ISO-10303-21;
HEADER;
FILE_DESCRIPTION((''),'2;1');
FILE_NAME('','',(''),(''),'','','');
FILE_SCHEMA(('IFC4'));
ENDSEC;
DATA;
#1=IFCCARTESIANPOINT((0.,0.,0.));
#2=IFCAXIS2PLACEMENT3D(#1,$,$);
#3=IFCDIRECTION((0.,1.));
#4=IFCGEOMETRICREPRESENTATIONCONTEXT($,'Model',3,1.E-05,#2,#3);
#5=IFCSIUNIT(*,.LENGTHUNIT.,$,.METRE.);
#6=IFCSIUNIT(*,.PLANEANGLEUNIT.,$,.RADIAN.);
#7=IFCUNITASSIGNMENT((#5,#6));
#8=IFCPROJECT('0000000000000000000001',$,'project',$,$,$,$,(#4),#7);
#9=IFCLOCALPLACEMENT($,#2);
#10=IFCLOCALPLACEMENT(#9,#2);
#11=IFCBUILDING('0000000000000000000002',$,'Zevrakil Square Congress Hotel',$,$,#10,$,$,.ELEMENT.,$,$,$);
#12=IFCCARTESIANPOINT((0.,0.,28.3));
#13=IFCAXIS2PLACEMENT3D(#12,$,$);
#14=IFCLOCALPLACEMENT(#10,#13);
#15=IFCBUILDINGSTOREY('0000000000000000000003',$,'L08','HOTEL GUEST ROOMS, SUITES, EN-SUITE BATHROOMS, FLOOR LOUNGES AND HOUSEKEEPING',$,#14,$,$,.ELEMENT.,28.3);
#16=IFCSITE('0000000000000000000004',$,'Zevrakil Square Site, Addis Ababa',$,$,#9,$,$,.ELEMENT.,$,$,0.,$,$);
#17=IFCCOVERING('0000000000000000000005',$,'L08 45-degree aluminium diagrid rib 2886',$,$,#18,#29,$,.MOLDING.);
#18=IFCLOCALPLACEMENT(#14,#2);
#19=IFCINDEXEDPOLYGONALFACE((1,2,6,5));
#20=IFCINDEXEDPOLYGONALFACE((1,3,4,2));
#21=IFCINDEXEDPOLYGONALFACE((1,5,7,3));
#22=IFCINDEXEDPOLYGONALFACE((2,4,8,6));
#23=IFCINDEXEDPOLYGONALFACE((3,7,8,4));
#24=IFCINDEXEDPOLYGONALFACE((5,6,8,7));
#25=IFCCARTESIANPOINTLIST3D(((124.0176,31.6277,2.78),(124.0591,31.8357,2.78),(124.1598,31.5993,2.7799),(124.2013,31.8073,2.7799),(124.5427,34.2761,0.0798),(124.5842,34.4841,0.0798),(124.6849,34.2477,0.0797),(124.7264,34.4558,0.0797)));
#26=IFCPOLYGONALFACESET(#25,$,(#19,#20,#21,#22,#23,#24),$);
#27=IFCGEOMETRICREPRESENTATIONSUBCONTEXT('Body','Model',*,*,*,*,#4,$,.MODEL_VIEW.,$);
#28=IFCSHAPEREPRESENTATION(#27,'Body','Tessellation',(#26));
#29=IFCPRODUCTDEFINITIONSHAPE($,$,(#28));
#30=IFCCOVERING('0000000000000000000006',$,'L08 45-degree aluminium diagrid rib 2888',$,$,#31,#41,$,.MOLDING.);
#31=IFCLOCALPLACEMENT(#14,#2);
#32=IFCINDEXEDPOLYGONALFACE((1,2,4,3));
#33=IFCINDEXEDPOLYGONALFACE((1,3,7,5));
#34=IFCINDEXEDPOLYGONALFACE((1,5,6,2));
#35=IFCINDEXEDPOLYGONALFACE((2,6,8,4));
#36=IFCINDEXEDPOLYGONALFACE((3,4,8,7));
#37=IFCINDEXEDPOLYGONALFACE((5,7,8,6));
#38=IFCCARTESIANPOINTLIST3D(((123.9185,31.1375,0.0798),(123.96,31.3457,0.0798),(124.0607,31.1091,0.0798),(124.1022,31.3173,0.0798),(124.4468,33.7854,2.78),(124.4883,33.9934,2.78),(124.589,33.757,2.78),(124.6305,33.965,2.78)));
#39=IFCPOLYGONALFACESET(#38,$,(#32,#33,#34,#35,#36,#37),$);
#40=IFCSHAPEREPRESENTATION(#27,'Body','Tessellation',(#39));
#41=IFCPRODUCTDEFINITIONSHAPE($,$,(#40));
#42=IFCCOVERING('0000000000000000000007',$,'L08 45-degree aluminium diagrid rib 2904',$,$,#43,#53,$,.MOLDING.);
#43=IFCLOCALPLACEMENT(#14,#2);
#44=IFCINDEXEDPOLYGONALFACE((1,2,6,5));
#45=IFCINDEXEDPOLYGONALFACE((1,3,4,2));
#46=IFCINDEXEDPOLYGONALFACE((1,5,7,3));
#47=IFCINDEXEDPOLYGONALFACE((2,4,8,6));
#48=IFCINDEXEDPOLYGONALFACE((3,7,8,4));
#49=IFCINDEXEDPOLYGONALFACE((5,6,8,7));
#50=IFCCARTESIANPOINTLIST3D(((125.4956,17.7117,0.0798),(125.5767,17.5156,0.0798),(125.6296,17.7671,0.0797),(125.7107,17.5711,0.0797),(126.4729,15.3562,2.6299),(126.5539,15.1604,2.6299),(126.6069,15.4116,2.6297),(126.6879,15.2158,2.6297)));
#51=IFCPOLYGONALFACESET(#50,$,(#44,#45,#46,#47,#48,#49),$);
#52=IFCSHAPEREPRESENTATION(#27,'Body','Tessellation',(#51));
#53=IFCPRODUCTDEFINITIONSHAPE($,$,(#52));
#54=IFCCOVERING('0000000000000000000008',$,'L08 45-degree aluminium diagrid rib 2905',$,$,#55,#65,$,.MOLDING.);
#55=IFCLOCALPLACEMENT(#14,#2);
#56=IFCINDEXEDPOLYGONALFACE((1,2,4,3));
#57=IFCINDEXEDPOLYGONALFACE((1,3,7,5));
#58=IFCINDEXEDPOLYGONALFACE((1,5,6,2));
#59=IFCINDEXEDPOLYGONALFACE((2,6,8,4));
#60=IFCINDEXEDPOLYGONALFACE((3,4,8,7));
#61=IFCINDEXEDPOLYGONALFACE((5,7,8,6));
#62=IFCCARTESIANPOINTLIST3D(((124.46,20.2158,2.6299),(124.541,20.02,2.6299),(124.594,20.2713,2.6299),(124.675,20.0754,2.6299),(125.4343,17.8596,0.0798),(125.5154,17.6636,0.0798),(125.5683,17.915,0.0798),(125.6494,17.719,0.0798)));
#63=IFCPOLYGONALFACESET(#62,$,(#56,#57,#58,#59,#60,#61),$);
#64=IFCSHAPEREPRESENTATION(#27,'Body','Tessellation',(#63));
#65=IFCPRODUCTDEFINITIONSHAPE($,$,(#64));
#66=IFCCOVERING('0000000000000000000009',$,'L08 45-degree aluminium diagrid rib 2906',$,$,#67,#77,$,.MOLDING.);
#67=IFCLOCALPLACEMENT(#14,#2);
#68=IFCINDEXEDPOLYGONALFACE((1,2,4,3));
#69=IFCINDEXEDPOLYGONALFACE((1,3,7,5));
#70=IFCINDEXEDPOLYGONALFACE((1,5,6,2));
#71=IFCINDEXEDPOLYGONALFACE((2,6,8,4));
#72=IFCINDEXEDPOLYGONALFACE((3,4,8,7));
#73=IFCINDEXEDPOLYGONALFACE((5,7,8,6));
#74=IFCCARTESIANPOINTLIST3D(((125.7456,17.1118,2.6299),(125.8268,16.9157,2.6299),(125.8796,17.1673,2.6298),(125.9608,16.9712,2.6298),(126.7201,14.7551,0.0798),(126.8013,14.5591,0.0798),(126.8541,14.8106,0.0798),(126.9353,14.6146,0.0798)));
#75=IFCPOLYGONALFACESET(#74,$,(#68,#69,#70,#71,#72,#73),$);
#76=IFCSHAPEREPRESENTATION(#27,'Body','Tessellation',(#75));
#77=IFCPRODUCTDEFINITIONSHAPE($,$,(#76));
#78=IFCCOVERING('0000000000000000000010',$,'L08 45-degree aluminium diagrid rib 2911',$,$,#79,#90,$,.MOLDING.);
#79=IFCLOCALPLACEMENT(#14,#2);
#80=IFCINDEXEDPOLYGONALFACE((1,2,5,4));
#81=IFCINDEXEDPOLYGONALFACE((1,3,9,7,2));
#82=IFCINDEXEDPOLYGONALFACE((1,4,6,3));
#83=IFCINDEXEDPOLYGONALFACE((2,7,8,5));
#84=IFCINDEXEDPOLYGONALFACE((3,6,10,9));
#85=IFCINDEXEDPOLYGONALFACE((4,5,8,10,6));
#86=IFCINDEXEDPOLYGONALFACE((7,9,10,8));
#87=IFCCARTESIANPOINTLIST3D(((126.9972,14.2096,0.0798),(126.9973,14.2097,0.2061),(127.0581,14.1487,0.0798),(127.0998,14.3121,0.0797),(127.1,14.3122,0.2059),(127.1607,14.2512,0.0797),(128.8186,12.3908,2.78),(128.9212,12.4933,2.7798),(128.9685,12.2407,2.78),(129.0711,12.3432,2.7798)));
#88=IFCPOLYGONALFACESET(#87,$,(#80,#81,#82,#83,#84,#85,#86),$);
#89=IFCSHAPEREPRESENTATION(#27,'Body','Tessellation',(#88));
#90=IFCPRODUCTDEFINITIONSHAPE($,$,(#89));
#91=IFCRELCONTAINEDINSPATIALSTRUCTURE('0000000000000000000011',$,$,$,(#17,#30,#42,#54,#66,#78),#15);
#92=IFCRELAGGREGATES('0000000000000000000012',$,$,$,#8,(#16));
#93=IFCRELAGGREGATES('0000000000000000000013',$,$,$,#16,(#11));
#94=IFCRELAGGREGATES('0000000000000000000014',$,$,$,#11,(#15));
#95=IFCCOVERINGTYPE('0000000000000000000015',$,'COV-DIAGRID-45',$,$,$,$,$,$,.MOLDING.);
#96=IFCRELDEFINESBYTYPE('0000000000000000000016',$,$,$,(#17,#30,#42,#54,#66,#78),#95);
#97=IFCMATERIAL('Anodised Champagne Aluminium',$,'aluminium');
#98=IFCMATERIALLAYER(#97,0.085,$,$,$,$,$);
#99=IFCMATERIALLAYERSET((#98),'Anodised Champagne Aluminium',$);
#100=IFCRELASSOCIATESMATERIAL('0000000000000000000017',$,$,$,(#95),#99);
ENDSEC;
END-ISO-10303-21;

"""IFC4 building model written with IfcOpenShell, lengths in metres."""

from ifc_helpers import new_model, si_unit, direction, frame, origin, place, context, subcontext, project, spatial, polyline, outline, extrude, material, layer, layer_set, type_object, element, save


model = new_model("IFC4")

# Units and contexts
model_context = context("Model", 3, precision=1e-05, world=origin(), true_north=direction((0.0, 1.0)))
body_context = subcontext(model_context, "Body", "Model", "MODEL_VIEW")
ifc_project = project(units=[si_unit("LENGTHUNIT", "METRE"), si_unit("PLANEANGLEUNIT", "RADIAN")], contexts=[model_context])

# Site, building, storey
site_placement = place(None, origin())
site = spatial("IfcSite", under=ifc_project, at=site_placement, Name="Zevrakil Square Site, Addis Ababa", CompositionType="ELEMENT", RefElevation=0.0)
building_placement = place(site_placement, origin())
building = spatial("IfcBuilding", under=site, at=building_placement, Name="Zevrakil Square Congress Hotel", CompositionType="ELEMENT")
storey_placement = place(building_placement, frame((0.0, 0.0, 28.3)))
storey = spatial("IfcBuildingStorey", under=building, at=storey_placement, Name="L08", Description="HOTEL GUEST ROOMS, SUITES, EN-SUITE BATHROOMS, FLOOR LOUNGES AND HOUSEKEEPING", CompositionType="ELEMENT", Elevation=28.3)

# Coverings
ifc_material_1 = material(Name="Anodised Champagne Aluminium", Category="aluminium")
ifc_layer_1 = layer(ifc_material_1, 0.085)
ifc_layer_set_1 = layer_set([ifc_layer_1], Name="Anodised Champagne Aluminium")
covering_type_1 = type_object("IfcCoveringType", Name="COV-DIAGRID-45", PredefinedType="MOLDING", material=ifc_layer_set_1)
covering_1_placement = place(storey_placement, frame((124.5427, 34.2761, 0.0798), z_axis=(-0.980668, 0.195673, 0.001198), x_axis=(0.195673, 0.980669, 0.0)))
element("IfcCovering", 1, at=covering_1_placement, inside=storey, type_object=covering_type_1, Name="L08 45-degree aluminium diagrid rib 2886", PredefinedType="MOLDING", context=body_context, shape_type="SweptSolid", body=[
    extrude(outline(polyline([(0.0, 0.0), (0.2121, 0.0), (-2.4879, -2.7002), (-2.7, -2.7002), (0.0, 0.0)])), origin(), (0.0, 0.0, -1.0), 0.145),
])
covering_2_placement = place(storey_placement, frame((124.4883, 33.9934, 2.78), z_axis=(-0.980691, 0.195563, 0.000112), x_axis=(-0.195563, -0.980691, 0.0)))
element("IfcCovering", 2, at=covering_2_placement, inside=storey, type_object=covering_type_1, Name="L08 45-degree aluminium diagrid rib 2888", PredefinedType="MOLDING", context=body_context, shape_type="SweptSolid", body=[
    extrude(outline(polyline([(0.0, 0.0), (0.2121, 0.0), (2.9122, -2.7002), (2.6999, -2.7002), (0.0, 0.0)])), origin(), (0.0, 0.0, -1.0), 0.145),
])
covering_3_placement = place(storey_placement, frame((125.5767, 17.5156, 0.0798), z_axis=(-0.924044, -0.382284, 0.00104), x_axis=(-0.382284, 0.924045, 0.0)))
element("IfcCovering", 3, at=covering_3_placement, inside=storey, type_object=covering_type_1, Name="L08 45-degree aluminium diagrid rib 2904", PredefinedType="MOLDING", context=body_context, shape_type="SweptSolid", body=[
    extrude(outline(polyline([(0.0, 0.0), (0.2121, 0.0), (-2.338, -2.5501), (-2.5499, -2.5501), (0.0, 0.0)])), origin(), (0.0, 0.0, -1.0), 0.145),
])
covering_4_placement = place(storey_placement, frame((124.46, 20.2158, 2.6299), z_axis=(-0.924045, -0.382284, 0.000168), x_axis=(0.382284, -0.924045, 0.0)))
element("IfcCovering", 4, at=covering_4_placement, inside=storey, type_object=covering_type_1, Name="L08 45-degree aluminium diagrid rib 2905", PredefinedType="MOLDING", context=body_context, shape_type="SweptSolid", body=[
    extrude(outline(polyline([(0.0, 0.0), (0.2119, 0.0), (2.7619, -2.55), (2.5497, -2.55), (0.0, 0.0)])), origin(), (0.0, 0.0, -1.0), 0.145),
])
covering_5_placement = place(storey_placement, frame((125.7456, 17.1118, 2.6299), z_axis=(-0.923926, -0.382572, 0.00049), x_axis=(0.382572, -0.923926, 0.0)))
element("IfcCovering", 5, at=covering_5_placement, inside=storey, type_object=covering_type_1, Name="L08 45-degree aluminium diagrid rib 2906", PredefinedType="MOLDING", context=body_context, shape_type="SweptSolid", body=[
    extrude(outline(polyline([(0.0, 0.0), (0.2122, 0.0), (2.7624, -2.55), (2.5503, -2.55), (0.0, 0.0)])), origin(), (0.0, 0.0, -1.0), 0.145),
])
covering_6_placement = place(storey_placement, frame((127.0581, 14.1487, 0.0798), z_axis=(-0.707553, -0.706659, 0.001261), x_axis=(-0.70666, 0.707554, 0.000002)))
element("IfcCovering", 6, at=covering_6_placement, inside=storey, type_object=covering_type_1, Name="L08 45-degree aluminium diagrid rib 2911", PredefinedType="MOLDING", context=body_context, shape_type="SweptSolid", body=[
    extrude(outline(polyline([(0.0, 0.0), (0.0861, 0.0), (0.0861, -0.1262), (-2.4878, -2.7002), (-2.7, -2.7002), (0.0, 0.0)])), origin(), (0.0, 0.0, -1.0), 0.145),
])

save(model, "model.ifc")
